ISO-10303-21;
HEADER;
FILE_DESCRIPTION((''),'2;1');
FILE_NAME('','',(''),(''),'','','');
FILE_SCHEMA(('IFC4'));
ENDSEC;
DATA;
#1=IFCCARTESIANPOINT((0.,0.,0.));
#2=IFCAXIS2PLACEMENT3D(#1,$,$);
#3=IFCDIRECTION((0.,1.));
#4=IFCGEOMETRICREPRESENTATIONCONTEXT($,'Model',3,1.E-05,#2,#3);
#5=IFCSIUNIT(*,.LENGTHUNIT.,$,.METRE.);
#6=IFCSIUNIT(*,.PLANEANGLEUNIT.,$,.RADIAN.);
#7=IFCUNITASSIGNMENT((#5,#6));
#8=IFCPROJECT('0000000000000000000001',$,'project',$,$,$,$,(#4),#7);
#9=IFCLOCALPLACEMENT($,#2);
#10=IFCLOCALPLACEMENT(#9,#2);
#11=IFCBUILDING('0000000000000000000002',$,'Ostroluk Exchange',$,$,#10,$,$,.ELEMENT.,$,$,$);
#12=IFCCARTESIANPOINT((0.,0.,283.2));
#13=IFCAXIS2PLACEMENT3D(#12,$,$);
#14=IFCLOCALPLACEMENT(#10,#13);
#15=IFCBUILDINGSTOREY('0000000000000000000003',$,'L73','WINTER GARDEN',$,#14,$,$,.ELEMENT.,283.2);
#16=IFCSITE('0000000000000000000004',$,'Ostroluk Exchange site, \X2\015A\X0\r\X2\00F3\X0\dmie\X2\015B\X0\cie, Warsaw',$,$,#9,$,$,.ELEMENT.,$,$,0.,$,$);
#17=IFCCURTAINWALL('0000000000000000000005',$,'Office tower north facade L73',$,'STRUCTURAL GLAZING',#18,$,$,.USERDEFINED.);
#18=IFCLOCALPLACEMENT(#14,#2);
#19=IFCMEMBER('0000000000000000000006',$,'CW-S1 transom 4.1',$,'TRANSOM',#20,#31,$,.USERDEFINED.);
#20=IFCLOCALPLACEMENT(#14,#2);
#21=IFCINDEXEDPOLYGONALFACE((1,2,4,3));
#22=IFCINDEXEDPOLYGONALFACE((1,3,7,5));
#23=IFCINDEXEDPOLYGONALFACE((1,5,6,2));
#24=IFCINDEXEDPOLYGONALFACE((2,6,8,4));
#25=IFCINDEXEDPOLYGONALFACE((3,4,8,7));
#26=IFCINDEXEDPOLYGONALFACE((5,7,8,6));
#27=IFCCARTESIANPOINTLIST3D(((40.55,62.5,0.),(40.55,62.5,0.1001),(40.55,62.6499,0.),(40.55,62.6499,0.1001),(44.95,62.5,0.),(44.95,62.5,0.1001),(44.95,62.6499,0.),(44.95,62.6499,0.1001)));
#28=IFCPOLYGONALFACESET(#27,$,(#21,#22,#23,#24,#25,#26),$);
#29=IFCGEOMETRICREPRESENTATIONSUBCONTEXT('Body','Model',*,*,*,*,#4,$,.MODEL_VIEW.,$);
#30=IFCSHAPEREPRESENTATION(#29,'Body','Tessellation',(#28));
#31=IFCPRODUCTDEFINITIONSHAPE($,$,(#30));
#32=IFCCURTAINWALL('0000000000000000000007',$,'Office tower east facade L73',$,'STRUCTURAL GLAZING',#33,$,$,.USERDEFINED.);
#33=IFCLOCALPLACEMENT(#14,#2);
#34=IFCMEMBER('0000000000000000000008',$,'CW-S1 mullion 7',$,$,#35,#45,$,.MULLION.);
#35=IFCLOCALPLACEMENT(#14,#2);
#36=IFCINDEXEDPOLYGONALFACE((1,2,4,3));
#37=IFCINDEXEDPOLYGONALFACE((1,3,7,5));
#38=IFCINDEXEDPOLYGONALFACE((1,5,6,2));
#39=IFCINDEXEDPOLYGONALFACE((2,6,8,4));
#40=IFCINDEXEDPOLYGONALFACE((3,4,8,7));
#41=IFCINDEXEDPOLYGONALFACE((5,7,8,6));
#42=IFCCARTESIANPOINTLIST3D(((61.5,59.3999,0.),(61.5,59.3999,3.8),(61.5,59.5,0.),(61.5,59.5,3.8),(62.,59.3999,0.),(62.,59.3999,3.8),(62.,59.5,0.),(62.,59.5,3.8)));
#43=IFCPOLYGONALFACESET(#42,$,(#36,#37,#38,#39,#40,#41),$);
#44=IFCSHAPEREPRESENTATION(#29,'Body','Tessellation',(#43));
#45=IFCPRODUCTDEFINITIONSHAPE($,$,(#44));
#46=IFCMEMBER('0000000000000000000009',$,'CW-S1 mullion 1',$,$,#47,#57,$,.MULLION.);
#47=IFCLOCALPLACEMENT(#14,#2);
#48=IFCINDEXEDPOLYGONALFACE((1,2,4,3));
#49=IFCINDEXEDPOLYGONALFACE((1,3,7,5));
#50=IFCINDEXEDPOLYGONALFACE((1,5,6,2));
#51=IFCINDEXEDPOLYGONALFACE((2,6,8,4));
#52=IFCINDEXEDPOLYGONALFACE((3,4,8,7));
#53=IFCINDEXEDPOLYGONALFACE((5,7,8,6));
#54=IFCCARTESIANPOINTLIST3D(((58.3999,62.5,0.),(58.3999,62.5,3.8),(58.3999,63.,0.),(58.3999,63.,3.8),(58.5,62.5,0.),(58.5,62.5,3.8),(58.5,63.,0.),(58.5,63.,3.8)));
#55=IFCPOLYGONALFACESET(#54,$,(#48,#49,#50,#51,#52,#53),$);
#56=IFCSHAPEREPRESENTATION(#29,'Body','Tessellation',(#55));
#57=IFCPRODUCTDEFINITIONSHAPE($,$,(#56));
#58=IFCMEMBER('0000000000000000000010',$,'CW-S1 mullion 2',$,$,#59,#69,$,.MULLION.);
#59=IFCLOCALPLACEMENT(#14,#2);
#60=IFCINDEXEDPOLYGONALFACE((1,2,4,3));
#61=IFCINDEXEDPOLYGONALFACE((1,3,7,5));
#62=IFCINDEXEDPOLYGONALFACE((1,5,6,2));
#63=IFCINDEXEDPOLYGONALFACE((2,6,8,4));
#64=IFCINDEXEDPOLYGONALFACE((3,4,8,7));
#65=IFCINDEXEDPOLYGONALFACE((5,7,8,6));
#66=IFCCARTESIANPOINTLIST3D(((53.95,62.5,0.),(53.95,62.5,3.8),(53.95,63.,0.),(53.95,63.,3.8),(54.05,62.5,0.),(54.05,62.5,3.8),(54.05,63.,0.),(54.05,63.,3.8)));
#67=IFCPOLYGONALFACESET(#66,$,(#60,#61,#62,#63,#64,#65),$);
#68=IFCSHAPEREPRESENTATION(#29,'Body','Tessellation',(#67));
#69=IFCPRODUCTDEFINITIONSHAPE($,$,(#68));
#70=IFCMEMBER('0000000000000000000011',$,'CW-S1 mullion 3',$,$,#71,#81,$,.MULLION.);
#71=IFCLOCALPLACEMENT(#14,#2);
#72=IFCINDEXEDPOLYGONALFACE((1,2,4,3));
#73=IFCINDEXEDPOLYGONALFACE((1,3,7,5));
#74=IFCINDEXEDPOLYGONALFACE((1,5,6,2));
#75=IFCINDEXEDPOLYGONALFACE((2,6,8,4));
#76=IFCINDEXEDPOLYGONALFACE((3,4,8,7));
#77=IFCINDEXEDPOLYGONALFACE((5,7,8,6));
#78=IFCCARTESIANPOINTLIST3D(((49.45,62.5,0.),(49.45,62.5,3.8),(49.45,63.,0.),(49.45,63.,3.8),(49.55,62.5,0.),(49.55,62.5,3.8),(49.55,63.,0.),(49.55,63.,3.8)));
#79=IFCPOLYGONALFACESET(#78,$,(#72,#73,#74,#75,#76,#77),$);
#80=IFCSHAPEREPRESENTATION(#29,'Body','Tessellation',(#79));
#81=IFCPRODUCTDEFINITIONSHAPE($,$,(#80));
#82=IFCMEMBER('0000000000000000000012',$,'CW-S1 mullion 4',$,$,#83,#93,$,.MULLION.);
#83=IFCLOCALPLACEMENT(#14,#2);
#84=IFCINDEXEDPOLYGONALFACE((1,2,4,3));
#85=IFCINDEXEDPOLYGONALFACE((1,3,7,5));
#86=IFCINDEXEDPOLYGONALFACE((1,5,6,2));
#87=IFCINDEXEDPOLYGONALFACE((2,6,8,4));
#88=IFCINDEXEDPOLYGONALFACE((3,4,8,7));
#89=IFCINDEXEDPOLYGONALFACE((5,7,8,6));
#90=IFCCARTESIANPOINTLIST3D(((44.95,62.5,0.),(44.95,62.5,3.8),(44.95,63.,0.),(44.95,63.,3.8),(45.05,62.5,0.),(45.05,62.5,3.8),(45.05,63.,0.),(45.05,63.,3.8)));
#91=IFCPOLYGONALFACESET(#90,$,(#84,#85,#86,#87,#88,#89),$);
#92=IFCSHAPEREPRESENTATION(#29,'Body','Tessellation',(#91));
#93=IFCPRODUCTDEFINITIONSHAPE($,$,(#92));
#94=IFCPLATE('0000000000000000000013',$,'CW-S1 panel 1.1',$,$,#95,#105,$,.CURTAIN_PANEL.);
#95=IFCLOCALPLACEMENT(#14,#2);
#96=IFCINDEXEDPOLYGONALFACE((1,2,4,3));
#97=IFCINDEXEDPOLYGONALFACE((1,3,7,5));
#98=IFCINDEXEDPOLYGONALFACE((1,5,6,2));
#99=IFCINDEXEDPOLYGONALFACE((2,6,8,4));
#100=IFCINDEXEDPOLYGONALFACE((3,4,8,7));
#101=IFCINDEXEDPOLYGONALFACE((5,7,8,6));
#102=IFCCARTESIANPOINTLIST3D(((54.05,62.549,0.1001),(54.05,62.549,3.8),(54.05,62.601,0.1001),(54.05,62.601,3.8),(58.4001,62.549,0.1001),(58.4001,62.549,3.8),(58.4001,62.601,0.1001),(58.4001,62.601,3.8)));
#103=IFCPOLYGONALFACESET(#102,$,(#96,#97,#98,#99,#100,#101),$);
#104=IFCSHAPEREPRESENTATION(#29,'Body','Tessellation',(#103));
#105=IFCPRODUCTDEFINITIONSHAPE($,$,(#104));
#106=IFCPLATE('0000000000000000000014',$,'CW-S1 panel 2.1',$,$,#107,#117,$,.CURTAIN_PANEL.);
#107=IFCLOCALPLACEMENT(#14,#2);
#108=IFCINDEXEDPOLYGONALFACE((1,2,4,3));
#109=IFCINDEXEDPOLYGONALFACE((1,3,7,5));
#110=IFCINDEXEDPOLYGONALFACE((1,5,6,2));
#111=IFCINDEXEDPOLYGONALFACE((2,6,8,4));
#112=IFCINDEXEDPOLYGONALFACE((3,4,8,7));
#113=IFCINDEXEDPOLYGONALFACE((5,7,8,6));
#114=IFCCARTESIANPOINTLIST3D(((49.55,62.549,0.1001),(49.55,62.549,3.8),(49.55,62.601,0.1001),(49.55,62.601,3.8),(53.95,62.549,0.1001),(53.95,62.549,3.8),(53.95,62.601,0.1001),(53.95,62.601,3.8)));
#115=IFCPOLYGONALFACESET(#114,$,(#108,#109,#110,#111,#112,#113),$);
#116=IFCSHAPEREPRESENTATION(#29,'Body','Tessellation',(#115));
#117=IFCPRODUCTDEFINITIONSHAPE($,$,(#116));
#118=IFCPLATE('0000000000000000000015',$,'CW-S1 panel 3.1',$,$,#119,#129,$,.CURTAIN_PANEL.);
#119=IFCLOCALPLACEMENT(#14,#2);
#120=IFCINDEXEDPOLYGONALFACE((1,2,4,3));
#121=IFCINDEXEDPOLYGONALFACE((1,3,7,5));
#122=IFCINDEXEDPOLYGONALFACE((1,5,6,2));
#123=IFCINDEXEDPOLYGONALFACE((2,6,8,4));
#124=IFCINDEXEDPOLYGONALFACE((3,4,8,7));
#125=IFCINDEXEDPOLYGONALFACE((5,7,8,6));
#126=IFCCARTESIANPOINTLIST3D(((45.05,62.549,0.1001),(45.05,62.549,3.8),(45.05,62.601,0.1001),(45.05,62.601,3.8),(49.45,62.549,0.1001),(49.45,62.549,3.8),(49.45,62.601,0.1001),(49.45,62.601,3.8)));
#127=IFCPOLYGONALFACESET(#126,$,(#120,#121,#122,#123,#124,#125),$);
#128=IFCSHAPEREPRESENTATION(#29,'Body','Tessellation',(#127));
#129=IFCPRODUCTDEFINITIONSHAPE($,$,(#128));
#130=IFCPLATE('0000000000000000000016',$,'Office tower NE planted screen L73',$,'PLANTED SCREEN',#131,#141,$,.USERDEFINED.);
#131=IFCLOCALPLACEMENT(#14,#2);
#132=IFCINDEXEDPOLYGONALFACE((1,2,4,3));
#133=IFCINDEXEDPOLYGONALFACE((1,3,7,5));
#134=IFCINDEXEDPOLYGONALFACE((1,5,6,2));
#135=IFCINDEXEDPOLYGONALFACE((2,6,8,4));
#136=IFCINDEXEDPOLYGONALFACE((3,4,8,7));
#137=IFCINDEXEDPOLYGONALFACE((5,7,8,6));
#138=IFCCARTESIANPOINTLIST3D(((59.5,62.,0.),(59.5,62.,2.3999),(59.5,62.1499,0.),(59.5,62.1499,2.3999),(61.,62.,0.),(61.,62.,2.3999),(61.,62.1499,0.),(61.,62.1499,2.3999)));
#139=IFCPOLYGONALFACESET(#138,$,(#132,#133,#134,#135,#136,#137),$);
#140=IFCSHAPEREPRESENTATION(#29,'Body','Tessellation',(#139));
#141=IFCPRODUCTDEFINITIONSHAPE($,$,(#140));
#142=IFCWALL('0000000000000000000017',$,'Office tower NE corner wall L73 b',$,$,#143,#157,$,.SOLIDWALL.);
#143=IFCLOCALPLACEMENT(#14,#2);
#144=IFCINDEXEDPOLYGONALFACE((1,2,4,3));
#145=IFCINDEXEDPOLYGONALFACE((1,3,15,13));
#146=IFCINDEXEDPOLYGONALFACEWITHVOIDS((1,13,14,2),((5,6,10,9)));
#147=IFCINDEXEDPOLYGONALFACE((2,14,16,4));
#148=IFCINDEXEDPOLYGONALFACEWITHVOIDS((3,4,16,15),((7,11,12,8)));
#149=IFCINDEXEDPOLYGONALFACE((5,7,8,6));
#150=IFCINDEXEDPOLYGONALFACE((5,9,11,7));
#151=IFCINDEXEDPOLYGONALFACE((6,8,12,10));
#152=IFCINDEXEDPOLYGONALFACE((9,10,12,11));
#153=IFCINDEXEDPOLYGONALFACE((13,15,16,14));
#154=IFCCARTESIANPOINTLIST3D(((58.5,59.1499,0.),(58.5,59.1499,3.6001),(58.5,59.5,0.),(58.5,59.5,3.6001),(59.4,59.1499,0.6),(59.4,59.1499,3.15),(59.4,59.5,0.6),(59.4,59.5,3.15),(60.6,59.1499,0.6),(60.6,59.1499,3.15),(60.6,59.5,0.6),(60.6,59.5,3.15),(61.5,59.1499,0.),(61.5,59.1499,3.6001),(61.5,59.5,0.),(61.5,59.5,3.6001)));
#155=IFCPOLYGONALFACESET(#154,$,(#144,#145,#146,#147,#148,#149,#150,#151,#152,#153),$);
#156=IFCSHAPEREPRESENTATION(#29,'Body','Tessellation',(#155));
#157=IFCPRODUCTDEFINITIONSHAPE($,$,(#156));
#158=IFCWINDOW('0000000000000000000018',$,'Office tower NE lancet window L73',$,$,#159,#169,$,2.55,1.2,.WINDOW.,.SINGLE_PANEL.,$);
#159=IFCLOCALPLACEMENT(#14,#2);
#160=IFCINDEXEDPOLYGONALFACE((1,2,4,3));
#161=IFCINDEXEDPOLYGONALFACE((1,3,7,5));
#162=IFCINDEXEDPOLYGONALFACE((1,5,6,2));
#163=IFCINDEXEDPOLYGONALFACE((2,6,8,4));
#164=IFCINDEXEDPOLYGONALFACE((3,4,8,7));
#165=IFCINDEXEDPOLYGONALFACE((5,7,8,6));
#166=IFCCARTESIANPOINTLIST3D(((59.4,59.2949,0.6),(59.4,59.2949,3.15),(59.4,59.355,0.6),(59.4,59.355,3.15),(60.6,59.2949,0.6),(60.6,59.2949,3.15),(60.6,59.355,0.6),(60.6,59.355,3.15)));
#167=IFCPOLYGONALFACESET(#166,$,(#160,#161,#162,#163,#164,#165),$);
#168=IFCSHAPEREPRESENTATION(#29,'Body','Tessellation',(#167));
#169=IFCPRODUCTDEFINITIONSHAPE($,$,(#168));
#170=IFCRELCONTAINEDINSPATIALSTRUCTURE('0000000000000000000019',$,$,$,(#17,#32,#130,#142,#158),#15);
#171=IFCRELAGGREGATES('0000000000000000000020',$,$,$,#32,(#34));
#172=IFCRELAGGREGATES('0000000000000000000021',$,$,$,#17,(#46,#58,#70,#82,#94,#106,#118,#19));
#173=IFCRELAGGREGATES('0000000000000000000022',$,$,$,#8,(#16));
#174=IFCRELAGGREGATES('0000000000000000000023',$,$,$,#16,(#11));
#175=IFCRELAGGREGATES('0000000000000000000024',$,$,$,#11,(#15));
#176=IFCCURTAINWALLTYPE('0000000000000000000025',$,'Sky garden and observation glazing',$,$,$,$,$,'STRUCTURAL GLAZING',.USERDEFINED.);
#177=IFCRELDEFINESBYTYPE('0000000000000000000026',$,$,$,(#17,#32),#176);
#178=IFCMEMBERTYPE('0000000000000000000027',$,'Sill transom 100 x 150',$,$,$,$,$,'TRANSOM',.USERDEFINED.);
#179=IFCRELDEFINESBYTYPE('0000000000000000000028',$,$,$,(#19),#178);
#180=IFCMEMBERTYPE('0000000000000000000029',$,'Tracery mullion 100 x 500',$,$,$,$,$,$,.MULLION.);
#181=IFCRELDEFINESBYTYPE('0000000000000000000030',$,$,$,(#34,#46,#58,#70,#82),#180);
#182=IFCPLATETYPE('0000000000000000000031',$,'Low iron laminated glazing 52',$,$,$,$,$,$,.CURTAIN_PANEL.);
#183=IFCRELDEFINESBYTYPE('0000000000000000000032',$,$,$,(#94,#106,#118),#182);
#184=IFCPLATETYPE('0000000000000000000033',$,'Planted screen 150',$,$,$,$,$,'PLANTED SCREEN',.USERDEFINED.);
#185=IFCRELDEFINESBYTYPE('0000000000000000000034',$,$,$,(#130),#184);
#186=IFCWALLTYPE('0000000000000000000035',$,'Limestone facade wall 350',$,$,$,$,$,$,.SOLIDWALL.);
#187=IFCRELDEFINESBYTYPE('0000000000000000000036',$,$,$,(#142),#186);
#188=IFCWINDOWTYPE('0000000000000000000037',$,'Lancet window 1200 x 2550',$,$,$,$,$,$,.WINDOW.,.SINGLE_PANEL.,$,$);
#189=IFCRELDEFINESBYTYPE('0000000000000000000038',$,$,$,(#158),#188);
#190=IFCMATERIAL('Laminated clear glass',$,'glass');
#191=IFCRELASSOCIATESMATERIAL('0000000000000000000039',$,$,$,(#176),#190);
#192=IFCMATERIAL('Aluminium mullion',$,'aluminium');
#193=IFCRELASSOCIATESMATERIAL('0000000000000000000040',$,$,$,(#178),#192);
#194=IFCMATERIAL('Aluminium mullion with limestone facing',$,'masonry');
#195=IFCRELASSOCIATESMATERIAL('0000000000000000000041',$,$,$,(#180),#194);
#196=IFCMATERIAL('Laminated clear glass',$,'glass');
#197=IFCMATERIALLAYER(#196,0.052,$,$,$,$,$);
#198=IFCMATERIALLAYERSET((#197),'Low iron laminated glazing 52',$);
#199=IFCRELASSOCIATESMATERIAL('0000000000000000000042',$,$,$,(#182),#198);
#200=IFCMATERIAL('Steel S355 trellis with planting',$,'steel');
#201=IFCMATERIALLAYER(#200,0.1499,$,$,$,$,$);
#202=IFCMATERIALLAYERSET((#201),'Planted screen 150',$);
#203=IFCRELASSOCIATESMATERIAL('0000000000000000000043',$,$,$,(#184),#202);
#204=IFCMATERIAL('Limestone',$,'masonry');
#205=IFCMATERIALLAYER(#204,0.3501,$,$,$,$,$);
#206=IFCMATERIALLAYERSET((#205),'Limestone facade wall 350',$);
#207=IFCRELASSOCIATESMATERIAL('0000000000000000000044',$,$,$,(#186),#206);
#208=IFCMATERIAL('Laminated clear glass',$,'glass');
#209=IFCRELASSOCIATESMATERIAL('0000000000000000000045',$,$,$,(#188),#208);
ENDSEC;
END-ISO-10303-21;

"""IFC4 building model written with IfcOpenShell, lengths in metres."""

from ifc_helpers import new_model, si_unit, direction, frame, frame_2d, origin, origin_2d, place, context, subcontext, project, spatial, rectangle, extrude, material, layer, layer_set, material_profile, profile_set, type_object, element, fill, aggregate, save


model = new_model("IFC4")

# Units and contexts
model_context = context("Model", 3, precision=1e-05, world=origin(), true_north=direction((0.0, 1.0)))
body_context = subcontext(model_context, "Body", "Model", "MODEL_VIEW")
ifc_project = project(units=[si_unit("LENGTHUNIT", "METRE"), si_unit("PLANEANGLEUNIT", "RADIAN")], contexts=[model_context])

# Site, building, storey
site_placement = place(None, origin())
site = spatial("IfcSite", under=ifc_project, at=site_placement, Name="Ostroluk Exchange site, Śródmieście, Warsaw", CompositionType="ELEMENT", RefElevation=0.0)
building_placement = place(site_placement, origin())
building = spatial("IfcBuilding", under=site, at=building_placement, Name="Ostroluk Exchange", CompositionType="ELEMENT")
storey_placement = place(building_placement, frame((0.0, 0.0, 283.2)))
storey = spatial("IfcBuildingStorey", under=building, at=storey_placement, Name="L73", Description="WINTER GARDEN", CompositionType="ELEMENT", Elevation=283.2)

# Curtain wall, member
ifc_material_1 = material(Name="Laminated clear glass", Category="glass")
curtain_wall_type = type_object("IfcCurtainWallType", Name="Sky garden and observation glazing", ElementType="STRUCTURAL GLAZING", PredefinedType="USERDEFINED", material=ifc_material_1)
curtain_wall_1_placement = place(storey_placement, origin())
curtain_wall_1 = element("IfcCurtainWall", 1, at=curtain_wall_1_placement, inside=storey, type_object=curtain_wall_type, Name="Office tower north facade L73", ObjectType="STRUCTURAL GLAZING", PredefinedType="USERDEFINED")
ifc_material_2 = material(Name="Aluminium mullion", Category="aluminium")
ifc_material_profile_1 = material_profile(ifc_material_2, rectangle(XDim=0.1499, YDim=0.1001, at=origin_2d()), Name="Sill transom 100 x 150")
ifc_profile_set_1 = profile_set([ifc_material_profile_1], Name="Aluminium mullion")
member_type_1 = type_object("IfcMemberType", Name="Sill transom 100 x 150", ElementType="TRANSOM", PredefinedType="USERDEFINED", material=ifc_profile_set_1)
member_1_placement = place(storey_placement, frame((44.95, 62.575, 0.05), z_axis=(-1.0, 0.0, 0.0), x_axis=(0.0, -1.0, 0.0)))
member_1 = element("IfcMember", 2, at=member_1_placement, type_object=member_type_1, Name="CW-S1 transom 4.1", ObjectType="TRANSOM", PredefinedType="USERDEFINED", context=body_context, shape_type="SweptSolid", body=[
    extrude(rectangle(XDim=0.1499, YDim=0.1001, at=origin_2d()), origin(), (0.0, 0.0, 1.0), 4.3999),
])

# Curtain wall, member
curtain_wall_2_placement = place(storey_placement, origin())
curtain_wall_2 = element("IfcCurtainWall", 3, at=curtain_wall_2_placement, inside=storey, type_object=curtain_wall_type, Name="Office tower east facade L73", ObjectType="STRUCTURAL GLAZING", PredefinedType="USERDEFINED")
ifc_material_3 = material(Name="Aluminium mullion with limestone facing", Category="masonry")
ifc_material_profile_2 = material_profile(ifc_material_3, rectangle(XDim=0.5, YDim=0.1001, at=origin_2d()), Name="Tracery mullion 100 x 500")
ifc_profile_set_2 = profile_set([ifc_material_profile_2], Name="Aluminium mullion with limestone facing")
member_type_2 = type_object("IfcMemberType", Name="Tracery mullion 100 x 500", PredefinedType="MULLION", material=ifc_profile_set_2)
member_2_placement = place(storey_placement, frame((61.75, 59.45, 0.0), z_axis=(0.0, 0.0, 1.0), x_axis=(-1.0, 0.0, 0.0)))
member_2 = element("IfcMember", 4, at=member_2_placement, type_object=member_type_2, Name="CW-S1 mullion 7", PredefinedType="MULLION", context=body_context, shape_type="SweptSolid", body=[
    extrude(rectangle(XDim=0.5, YDim=0.1001, at=origin_2d()), origin(), (0.0, 0.0, 1.0), 3.8),
])
aggregate(curtain_wall_2, [member_2])

# Members
member_3_placement = place(storey_placement, frame((58.45, 62.75, 0.0), z_axis=(0.0, 0.0, 1.0), x_axis=(0.0, -1.0, 0.0)))
member_3 = element("IfcMember", 5, at=member_3_placement, type_object=member_type_2, Name="CW-S1 mullion 1", PredefinedType="MULLION", context=body_context, shape_type="SweptSolid", body=[
    extrude(rectangle(XDim=0.5, YDim=0.1001, at=origin_2d()), origin(), (0.0, 0.0, 1.0), 3.8),
])
member_4_placement = place(storey_placement, frame((54.0, 62.75, 0.0), z_axis=(0.0, 0.0, 1.0), x_axis=(0.0, -1.0, 0.0)))
member_4 = element("IfcMember", 6, at=member_4_placement, type_object=member_type_2, Name="CW-S1 mullion 2", PredefinedType="MULLION", context=body_context, shape_type="SweptSolid", body=[
    extrude(rectangle(XDim=0.5, YDim=0.1001, at=origin_2d()), origin(), (0.0, 0.0, 1.0), 3.8),
])
member_5_placement = place(storey_placement, frame((49.5, 62.75, 0.0), z_axis=(0.0, 0.0, 1.0), x_axis=(0.0, -1.0, 0.0)))
member_5 = element("IfcMember", 7, at=member_5_placement, type_object=member_type_2, Name="CW-S1 mullion 3", PredefinedType="MULLION", context=body_context, shape_type="SweptSolid", body=[
    extrude(rectangle(XDim=0.5, YDim=0.1001, at=origin_2d()), origin(), (0.0, 0.0, 1.0), 3.8),
])
member_6_placement = place(storey_placement, frame((45.0, 62.75, 0.0), z_axis=(0.0, 0.0, 1.0), x_axis=(0.0, -1.0, 0.0)))
member_6 = element("IfcMember", 8, at=member_6_placement, type_object=member_type_2, Name="CW-S1 mullion 4", PredefinedType="MULLION", context=body_context, shape_type="SweptSolid", body=[
    extrude(rectangle(XDim=0.5, YDim=0.1001, at=origin_2d()), origin(), (0.0, 0.0, 1.0), 3.8),
])

# Plates
ifc_material_4 = material(Name="Laminated clear glass", Category="glass")
ifc_layer_1 = layer(ifc_material_4, 0.052)
ifc_layer_set_1 = layer_set([ifc_layer_1], Name="Low iron laminated glazing 52")
plate_type_1 = type_object("IfcPlateType", Name="Low iron laminated glazing 52", PredefinedType="CURTAIN_PANEL", material=ifc_layer_set_1)
plate_1_placement = place(storey_placement, frame((56.2251, 62.575, 0.1001), z_axis=(0.0, 0.0, 1.0), x_axis=(-1.0, 0.0, 0.0)))
plate_1 = element("IfcPlate", 9, at=plate_1_placement, type_object=plate_type_1, Name="CW-S1 panel 1.1", PredefinedType="CURTAIN_PANEL", context=body_context, shape_type="SweptSolid", body=[
    extrude(rectangle(XDim=4.3501, YDim=0.052, at=origin_2d()), origin(), (0.0, 0.0, 1.0), 3.7),
])
plate_2_placement = place(storey_placement, frame((51.75, 62.575, 0.1001), z_axis=(0.0, 0.0, 1.0), x_axis=(-1.0, 0.0, 0.0)))
plate_2 = element("IfcPlate", 10, at=plate_2_placement, type_object=plate_type_1, Name="CW-S1 panel 2.1", PredefinedType="CURTAIN_PANEL", context=body_context, shape_type="SweptSolid", body=[
    extrude(rectangle(XDim=4.3999, YDim=0.052, at=origin_2d()), origin(), (0.0, 0.0, 1.0), 3.7),
])
plate_3_placement = place(storey_placement, frame((47.25, 62.575, 0.1001), z_axis=(0.0, 0.0, 1.0), x_axis=(-1.0, 0.0, 0.0)))
plate_3 = element("IfcPlate", 11, at=plate_3_placement, type_object=plate_type_1, Name="CW-S1 panel 3.1", PredefinedType="CURTAIN_PANEL", context=body_context, shape_type="SweptSolid", body=[
    extrude(rectangle(XDim=4.3999, YDim=0.052, at=origin_2d()), origin(), (0.0, 0.0, 1.0), 3.7),
])
aggregate(curtain_wall_1, [member_3, member_4, member_5, member_6, plate_1, plate_2, plate_3, member_1])
ifc_material_5 = material(Name="Steel S355 trellis with planting", Category="steel")
ifc_layer_2 = layer(ifc_material_5, 0.1499)
ifc_layer_set_2 = layer_set([ifc_layer_2], Name="Planted screen 150")
plate_type_2 = type_object("IfcPlateType", Name="Planted screen 150", ElementType="PLANTED SCREEN", PredefinedType="USERDEFINED", material=ifc_layer_set_2)
plate_4_placement = place(storey_placement, frame((60.25, 62.075, 0.0), z_axis=(0.0, 0.0, 1.0), x_axis=(1.0, 0.0, 0.0)))
element("IfcPlate", 12, at=plate_4_placement, inside=storey, type_object=plate_type_2, Name="Office tower NE planted screen L73", ObjectType="PLANTED SCREEN", PredefinedType="USERDEFINED", context=body_context, shape_type="SweptSolid", body=[
    extrude(rectangle(XDim=1.5, YDim=0.1499, at=origin_2d()), origin(), (0.0, 0.0, 1.0), 2.3999),
])

# Shared definitions
ifc_material_6 = material(Name="Limestone", Category="masonry")
ifc_layer_3 = layer(ifc_material_6, 0.3501)
ifc_layer_set_3 = layer_set([ifc_layer_3], Name="Limestone facade wall 350")
wall_type_1 = type_object("IfcWallType", Name="Limestone facade wall 350", PredefinedType="SOLIDWALL", material=ifc_layer_set_3)

# Wall, opening, window
wall_1_placement = place(storey_placement, frame((58.5, 59.325, 0.0), z_axis=(0.0, 0.0, 1.0), x_axis=(1.0, 0.0, 0.0)))
wall_1 = element("IfcWall", 13, at=wall_1_placement, inside=storey, type_object=wall_type_1, Name="Office tower NE corner wall L73 b", PredefinedType="SOLIDWALL", context=body_context, shape_type="SweptSolid", body=[
    extrude(rectangle(XDim=3.0, YDim=0.3501, at=frame_2d((1.5, 0.0))), origin(), (0.0, 0.0, 1.0), 3.6001),
])
opening_1_placement = place(wall_1_placement, frame((0.8999, 0.0, 0.6001)))
opening_1 = element("IfcOpeningElement", 14, at=opening_1_placement, cuts=wall_1, PredefinedType="OPENING", context=body_context, shape_type="SweptSolid", body=[
    extrude(rectangle(XDim=1.2, YDim=2.55, at=frame_2d((0.6001, 1.2749))), frame((0.0, 0.1851, 0.0), z_axis=(0.0, -1.0, 0.0), x_axis=(1.0, 0.0, 0.0)), (0.0, 0.0, 1.0), 0.3701),
])
ifc_material_7 = material(Name="Laminated clear glass", Category="glass")
window_type = type_object("IfcWindowType", Name="Lancet window 1200 x 2550", PartitioningType="SINGLE_PANEL", PredefinedType="WINDOW", material=ifc_material_7)
window_placement = place(opening_1_placement, origin())
window = element("IfcWindow", 15, at=window_placement, inside=storey, type_object=window_type, Name="Office tower NE lancet window L73", OverallHeight=2.55, OverallWidth=1.2, PartitioningType="SINGLE_PANEL", PredefinedType="WINDOW", context=body_context, shape_type="SweptSolid", body=[
    extrude(rectangle(XDim=1.2, YDim=2.55, at=frame_2d((0.6001, 1.2749))), frame((0.0, 0.03, 0.0), z_axis=(0.0, -1.0, 0.0), x_axis=(1.0, 0.0, 0.0)), (0.0, 0.0, 1.0), 0.0601),
])
fill(opening_1, window)

save(model, "model.ifc")
